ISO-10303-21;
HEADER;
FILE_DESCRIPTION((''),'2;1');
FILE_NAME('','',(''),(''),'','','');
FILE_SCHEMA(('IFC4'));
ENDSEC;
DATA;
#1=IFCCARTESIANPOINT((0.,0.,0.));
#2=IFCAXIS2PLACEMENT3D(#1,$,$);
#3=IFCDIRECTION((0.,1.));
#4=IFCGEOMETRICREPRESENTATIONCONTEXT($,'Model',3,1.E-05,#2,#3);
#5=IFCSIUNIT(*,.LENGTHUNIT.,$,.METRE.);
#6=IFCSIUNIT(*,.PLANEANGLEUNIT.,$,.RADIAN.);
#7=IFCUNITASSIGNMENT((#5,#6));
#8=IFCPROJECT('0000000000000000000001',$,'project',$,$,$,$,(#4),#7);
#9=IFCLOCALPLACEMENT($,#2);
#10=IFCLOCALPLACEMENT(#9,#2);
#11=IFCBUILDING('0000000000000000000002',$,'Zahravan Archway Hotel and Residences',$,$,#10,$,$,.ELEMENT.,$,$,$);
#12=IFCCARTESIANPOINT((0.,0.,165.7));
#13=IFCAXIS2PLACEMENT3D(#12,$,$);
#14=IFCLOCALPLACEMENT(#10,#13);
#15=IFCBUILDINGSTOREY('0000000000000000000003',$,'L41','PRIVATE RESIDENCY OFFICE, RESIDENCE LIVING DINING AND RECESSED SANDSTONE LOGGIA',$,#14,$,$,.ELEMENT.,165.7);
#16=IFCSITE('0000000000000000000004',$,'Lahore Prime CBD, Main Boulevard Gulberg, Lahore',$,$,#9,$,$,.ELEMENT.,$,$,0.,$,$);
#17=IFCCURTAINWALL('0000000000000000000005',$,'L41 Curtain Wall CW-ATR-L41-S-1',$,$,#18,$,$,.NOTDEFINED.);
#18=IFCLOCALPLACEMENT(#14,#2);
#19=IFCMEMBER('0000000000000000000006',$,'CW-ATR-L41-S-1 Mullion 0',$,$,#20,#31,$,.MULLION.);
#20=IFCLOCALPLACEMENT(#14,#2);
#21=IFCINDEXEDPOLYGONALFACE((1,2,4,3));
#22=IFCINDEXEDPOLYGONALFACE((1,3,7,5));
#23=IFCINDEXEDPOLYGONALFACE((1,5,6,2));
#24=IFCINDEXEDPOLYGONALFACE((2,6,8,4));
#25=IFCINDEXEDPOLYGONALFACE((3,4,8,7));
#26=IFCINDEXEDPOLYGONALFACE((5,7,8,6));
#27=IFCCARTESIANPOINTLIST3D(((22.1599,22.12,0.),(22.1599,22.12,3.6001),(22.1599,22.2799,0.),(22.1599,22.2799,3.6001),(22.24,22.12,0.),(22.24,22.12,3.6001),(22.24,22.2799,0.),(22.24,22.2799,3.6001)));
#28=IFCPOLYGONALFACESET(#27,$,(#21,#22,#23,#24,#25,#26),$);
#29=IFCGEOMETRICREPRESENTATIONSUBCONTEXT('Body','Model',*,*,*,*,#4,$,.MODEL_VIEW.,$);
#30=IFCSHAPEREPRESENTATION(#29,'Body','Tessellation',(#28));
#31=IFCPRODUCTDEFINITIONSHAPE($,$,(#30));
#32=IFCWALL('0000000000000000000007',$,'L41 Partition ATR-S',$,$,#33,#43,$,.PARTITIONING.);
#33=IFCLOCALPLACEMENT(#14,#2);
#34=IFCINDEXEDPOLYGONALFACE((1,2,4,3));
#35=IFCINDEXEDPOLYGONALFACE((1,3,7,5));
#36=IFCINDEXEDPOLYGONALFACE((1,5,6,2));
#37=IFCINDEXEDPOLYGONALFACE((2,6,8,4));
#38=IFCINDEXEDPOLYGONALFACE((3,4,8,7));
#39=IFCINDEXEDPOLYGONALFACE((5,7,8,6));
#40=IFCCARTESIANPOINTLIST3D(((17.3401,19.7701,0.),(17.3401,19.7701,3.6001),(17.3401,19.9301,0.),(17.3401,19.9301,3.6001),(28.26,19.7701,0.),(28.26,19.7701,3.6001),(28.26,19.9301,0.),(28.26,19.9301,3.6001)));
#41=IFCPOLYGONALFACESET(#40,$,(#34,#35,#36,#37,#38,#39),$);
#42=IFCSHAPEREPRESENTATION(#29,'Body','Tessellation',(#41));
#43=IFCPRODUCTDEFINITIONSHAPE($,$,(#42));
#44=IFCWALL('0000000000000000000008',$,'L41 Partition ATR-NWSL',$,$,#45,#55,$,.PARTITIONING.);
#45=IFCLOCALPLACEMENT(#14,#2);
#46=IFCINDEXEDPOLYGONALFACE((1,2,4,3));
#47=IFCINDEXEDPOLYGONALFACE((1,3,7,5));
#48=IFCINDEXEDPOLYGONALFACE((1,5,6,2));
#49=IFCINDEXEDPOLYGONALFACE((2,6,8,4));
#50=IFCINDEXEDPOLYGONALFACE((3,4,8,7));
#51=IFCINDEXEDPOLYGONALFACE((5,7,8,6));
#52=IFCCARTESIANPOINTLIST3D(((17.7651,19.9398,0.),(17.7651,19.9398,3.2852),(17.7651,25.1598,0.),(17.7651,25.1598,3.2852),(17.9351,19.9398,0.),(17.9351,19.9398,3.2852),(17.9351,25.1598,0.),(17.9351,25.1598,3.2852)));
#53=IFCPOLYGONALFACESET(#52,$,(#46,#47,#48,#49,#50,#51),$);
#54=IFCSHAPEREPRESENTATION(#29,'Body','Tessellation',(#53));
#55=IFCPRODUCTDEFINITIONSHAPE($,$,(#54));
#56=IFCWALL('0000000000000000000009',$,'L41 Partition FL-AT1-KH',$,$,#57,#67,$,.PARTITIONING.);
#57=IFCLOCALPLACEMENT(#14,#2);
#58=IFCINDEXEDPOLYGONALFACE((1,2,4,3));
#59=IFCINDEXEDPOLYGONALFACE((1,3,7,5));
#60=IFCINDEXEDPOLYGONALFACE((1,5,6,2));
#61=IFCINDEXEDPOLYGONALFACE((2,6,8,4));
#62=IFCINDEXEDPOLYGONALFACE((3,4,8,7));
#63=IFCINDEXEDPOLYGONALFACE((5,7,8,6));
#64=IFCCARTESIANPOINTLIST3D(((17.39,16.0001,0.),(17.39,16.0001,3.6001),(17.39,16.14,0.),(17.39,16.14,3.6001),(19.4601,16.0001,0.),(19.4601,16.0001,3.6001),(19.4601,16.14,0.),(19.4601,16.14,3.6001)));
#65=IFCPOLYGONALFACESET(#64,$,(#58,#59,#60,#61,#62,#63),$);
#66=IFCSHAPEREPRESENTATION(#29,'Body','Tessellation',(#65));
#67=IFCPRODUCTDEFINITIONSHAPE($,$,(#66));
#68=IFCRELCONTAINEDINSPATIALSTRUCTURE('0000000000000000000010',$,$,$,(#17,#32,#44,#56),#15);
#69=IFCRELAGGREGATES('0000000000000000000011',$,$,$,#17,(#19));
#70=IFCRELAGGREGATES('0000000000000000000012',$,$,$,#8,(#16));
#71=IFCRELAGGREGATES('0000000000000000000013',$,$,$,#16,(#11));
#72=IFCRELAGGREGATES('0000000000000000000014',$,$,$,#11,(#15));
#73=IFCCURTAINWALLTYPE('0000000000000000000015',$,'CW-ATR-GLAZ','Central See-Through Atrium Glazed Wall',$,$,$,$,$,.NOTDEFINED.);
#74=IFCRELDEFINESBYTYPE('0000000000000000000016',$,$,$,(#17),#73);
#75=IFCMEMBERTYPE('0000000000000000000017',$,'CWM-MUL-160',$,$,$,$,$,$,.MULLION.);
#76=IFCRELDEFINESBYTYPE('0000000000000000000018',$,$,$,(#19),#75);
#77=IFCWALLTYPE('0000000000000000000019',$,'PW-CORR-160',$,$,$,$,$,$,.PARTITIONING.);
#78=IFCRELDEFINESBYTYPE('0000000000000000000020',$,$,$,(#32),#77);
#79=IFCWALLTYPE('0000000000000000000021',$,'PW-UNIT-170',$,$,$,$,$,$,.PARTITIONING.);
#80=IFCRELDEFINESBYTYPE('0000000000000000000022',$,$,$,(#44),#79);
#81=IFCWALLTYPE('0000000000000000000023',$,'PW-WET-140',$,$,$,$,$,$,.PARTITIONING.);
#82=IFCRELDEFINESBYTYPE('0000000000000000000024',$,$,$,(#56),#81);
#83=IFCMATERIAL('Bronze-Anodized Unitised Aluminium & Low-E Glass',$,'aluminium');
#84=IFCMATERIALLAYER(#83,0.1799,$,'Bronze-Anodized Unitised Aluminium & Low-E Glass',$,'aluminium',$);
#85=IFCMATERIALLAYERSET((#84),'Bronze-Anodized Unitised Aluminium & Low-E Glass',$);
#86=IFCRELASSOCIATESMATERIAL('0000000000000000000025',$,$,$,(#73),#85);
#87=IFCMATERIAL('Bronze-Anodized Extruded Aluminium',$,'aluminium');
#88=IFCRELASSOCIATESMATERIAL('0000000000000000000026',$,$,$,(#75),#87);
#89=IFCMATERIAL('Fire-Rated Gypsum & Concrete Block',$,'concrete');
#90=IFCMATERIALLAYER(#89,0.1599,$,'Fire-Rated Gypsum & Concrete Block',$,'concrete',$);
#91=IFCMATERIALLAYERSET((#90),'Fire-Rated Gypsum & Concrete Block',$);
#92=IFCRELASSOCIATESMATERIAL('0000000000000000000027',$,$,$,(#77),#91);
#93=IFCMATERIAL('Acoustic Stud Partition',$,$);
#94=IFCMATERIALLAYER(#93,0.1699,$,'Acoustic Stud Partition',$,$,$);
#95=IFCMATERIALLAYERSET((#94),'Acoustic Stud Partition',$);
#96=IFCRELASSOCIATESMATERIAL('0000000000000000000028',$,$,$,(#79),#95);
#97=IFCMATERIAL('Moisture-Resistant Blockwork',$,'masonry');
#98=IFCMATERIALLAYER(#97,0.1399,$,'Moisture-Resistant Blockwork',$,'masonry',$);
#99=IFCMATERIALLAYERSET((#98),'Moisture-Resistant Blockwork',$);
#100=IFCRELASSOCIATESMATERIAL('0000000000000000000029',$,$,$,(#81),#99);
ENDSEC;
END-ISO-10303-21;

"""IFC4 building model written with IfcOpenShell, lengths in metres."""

from ifc_helpers import new_model, si_unit, direction, frame, frame_2d, origin, origin_2d, place, context, subcontext, project, spatial, rectangle, extrude, source, transform, mapped, material, layer, layer_set, material_profile, profile_set, type_object, element, aggregate, save


model = new_model("IFC4")

# Units and contexts
model_context = context("Model", 3, precision=1e-05, world=origin(), true_north=direction((0.0, 1.0)))
body_context = subcontext(model_context, "Body", "Model", "MODEL_VIEW")
ifc_project = project(units=[si_unit("LENGTHUNIT", "METRE"), si_unit("PLANEANGLEUNIT", "RADIAN")], contexts=[model_context])

# Site, building, storey
site_placement = place(None, origin())
site = spatial("IfcSite", under=ifc_project, at=site_placement, Name="Lahore Prime CBD, Main Boulevard Gulberg, Lahore", CompositionType="ELEMENT", RefElevation=0.0)
building_placement = place(site_placement, origin())
building = spatial("IfcBuilding", under=site, at=building_placement, Name="Zahravan Archway Hotel and Residences", CompositionType="ELEMENT")
storey_placement = place(building_placement, frame((0.0, 0.0, 165.7)))
storey = spatial("IfcBuildingStorey", under=building, at=storey_placement, Name="L41", Description="PRIVATE RESIDENCY OFFICE, RESIDENCE LIVING DINING AND RECESSED SANDSTONE LOGGIA", CompositionType="ELEMENT", Elevation=165.7)

# Curtain wall, member
ifc_material_1 = material(Name="Bronze-Anodized Unitised Aluminium & Low-E Glass", Category="aluminium")
ifc_layer_1 = layer(ifc_material_1, 0.1799, Name="Bronze-Anodized Unitised Aluminium & Low-E Glass", Category="aluminium")
ifc_layer_set_1 = layer_set([ifc_layer_1], Name="Bronze-Anodized Unitised Aluminium & Low-E Glass")
curtain_wall_type = type_object("IfcCurtainWallType", Name="CW-ATR-GLAZ", Description="Central See-Through Atrium Glazed Wall", PredefinedType="NOTDEFINED", material=ifc_layer_set_1)
curtain_wall_placement = place(storey_placement, origin())
curtain_wall = element("IfcCurtainWall", 1, at=curtain_wall_placement, inside=storey, type_object=curtain_wall_type, Name="L41 Curtain Wall CW-ATR-L41-S-1", PredefinedType="NOTDEFINED")
ifc_material_2 = material(Name="Bronze-Anodized Extruded Aluminium", Category="aluminium")
ifc_material_profile_1 = material_profile(ifc_material_2, rectangle(XDim=0.0801, YDim=0.1599, at=origin_2d()), Name="MUL 80x160", Category="aluminium")
ifc_profile_set_1 = profile_set([ifc_material_profile_1], Name="Bronze-Anodized Extruded Aluminium")
member_type = type_object("IfcMemberType", Name="CWM-MUL-160", PredefinedType="MULLION", material=ifc_profile_set_1)
shared_shape_1 = source(origin(), body_context, "Body", "SweptSolid", [
    extrude(rectangle(XDim=0.0801, YDim=0.1599, at=origin_2d()), origin(), (0.0, 0.0, 1.0), 3.6001),
])
member_placement = place(storey_placement, frame((22.2, 22.2, 0.0), z_axis=(0.0, 0.0, 1.0), x_axis=(1.0, 0.0, 0.0)))
member = element("IfcMember", 2, at=member_placement, type_object=member_type, Name="CW-ATR-L41-S-1 Mullion 0", PredefinedType="MULLION", context=body_context, shape_type="MappedRepresentation", body=[
    mapped(shared_shape_1, transform((0.0, 0.0, 0.0), scale=1.0)),
])
aggregate(curtain_wall, [member])

# Walls
ifc_material_3 = material(Name="Fire-Rated Gypsum & Concrete Block", Category="concrete")
ifc_layer_2 = layer(ifc_material_3, 0.1599, Name="Fire-Rated Gypsum & Concrete Block", Category="concrete")
ifc_layer_set_2 = layer_set([ifc_layer_2], Name="Fire-Rated Gypsum & Concrete Block")
wall_type_1 = type_object("IfcWallType", Name="PW-CORR-160", PredefinedType="PARTITIONING", material=ifc_layer_set_2)
wall_1_placement = place(storey_placement, frame((17.3401, 19.8501, 0.0), z_axis=(0.0, 0.0, 1.0), x_axis=(1.0, 0.0, 0.0)))
element("IfcWall", 3, at=wall_1_placement, inside=storey, type_object=wall_type_1, Name="L41 Partition ATR-S", PredefinedType="PARTITIONING", context=body_context, shape_type="SweptSolid", body=[
    extrude(rectangle(XDim=10.9199, YDim=0.1599, at=frame_2d((5.46, 0.0))), origin(), (0.0, 0.0, 1.0), 3.6001),
])
ifc_material_4 = material(Name="Acoustic Stud Partition")
ifc_layer_3 = layer(ifc_material_4, 0.1699, Name="Acoustic Stud Partition")
ifc_layer_set_3 = layer_set([ifc_layer_3], Name="Acoustic Stud Partition")
wall_type_2 = type_object("IfcWallType", Name="PW-UNIT-170", PredefinedType="PARTITIONING", material=ifc_layer_set_3)
wall_2_placement = place(storey_placement, frame((17.8501, 19.9399, 0.0), z_axis=(0.0, 0.0, 1.0), x_axis=(0.0, 1.0, 0.0)))
element("IfcWall", 4, at=wall_2_placement, inside=storey, type_object=wall_type_2, Name="L41 Partition ATR-NWSL", PredefinedType="PARTITIONING", context=body_context, shape_type="SweptSolid", body=[
    extrude(rectangle(XDim=5.22, YDim=0.1699, at=frame_2d((2.6099, 0.0))), origin(), (0.0, 0.0, 1.0), 3.2852),
])
ifc_material_5 = material(Name="Moisture-Resistant Blockwork", Category="masonry")
ifc_layer_4 = layer(ifc_material_5, 0.1399, Name="Moisture-Resistant Blockwork", Category="masonry")
ifc_layer_set_4 = layer_set([ifc_layer_4], Name="Moisture-Resistant Blockwork")
wall_type_3 = type_object("IfcWallType", Name="PW-WET-140", PredefinedType="PARTITIONING", material=ifc_layer_set_4)
wall_3_placement = place(storey_placement, frame((17.3899, 16.0701, 0.0), z_axis=(0.0, 0.0, 1.0), x_axis=(1.0, 0.0, 0.0)))
element("IfcWall", 5, at=wall_3_placement, inside=storey, type_object=wall_type_3, Name="L41 Partition FL-AT1-KH", PredefinedType="PARTITIONING", context=body_context, shape_type="SweptSolid", body=[
    extrude(rectangle(XDim=2.0701, YDim=0.1399, at=frame_2d((1.0352, 0.0))), origin(), (0.0, 0.0, 1.0), 3.6001),
])

save(model, "model.ifc")
